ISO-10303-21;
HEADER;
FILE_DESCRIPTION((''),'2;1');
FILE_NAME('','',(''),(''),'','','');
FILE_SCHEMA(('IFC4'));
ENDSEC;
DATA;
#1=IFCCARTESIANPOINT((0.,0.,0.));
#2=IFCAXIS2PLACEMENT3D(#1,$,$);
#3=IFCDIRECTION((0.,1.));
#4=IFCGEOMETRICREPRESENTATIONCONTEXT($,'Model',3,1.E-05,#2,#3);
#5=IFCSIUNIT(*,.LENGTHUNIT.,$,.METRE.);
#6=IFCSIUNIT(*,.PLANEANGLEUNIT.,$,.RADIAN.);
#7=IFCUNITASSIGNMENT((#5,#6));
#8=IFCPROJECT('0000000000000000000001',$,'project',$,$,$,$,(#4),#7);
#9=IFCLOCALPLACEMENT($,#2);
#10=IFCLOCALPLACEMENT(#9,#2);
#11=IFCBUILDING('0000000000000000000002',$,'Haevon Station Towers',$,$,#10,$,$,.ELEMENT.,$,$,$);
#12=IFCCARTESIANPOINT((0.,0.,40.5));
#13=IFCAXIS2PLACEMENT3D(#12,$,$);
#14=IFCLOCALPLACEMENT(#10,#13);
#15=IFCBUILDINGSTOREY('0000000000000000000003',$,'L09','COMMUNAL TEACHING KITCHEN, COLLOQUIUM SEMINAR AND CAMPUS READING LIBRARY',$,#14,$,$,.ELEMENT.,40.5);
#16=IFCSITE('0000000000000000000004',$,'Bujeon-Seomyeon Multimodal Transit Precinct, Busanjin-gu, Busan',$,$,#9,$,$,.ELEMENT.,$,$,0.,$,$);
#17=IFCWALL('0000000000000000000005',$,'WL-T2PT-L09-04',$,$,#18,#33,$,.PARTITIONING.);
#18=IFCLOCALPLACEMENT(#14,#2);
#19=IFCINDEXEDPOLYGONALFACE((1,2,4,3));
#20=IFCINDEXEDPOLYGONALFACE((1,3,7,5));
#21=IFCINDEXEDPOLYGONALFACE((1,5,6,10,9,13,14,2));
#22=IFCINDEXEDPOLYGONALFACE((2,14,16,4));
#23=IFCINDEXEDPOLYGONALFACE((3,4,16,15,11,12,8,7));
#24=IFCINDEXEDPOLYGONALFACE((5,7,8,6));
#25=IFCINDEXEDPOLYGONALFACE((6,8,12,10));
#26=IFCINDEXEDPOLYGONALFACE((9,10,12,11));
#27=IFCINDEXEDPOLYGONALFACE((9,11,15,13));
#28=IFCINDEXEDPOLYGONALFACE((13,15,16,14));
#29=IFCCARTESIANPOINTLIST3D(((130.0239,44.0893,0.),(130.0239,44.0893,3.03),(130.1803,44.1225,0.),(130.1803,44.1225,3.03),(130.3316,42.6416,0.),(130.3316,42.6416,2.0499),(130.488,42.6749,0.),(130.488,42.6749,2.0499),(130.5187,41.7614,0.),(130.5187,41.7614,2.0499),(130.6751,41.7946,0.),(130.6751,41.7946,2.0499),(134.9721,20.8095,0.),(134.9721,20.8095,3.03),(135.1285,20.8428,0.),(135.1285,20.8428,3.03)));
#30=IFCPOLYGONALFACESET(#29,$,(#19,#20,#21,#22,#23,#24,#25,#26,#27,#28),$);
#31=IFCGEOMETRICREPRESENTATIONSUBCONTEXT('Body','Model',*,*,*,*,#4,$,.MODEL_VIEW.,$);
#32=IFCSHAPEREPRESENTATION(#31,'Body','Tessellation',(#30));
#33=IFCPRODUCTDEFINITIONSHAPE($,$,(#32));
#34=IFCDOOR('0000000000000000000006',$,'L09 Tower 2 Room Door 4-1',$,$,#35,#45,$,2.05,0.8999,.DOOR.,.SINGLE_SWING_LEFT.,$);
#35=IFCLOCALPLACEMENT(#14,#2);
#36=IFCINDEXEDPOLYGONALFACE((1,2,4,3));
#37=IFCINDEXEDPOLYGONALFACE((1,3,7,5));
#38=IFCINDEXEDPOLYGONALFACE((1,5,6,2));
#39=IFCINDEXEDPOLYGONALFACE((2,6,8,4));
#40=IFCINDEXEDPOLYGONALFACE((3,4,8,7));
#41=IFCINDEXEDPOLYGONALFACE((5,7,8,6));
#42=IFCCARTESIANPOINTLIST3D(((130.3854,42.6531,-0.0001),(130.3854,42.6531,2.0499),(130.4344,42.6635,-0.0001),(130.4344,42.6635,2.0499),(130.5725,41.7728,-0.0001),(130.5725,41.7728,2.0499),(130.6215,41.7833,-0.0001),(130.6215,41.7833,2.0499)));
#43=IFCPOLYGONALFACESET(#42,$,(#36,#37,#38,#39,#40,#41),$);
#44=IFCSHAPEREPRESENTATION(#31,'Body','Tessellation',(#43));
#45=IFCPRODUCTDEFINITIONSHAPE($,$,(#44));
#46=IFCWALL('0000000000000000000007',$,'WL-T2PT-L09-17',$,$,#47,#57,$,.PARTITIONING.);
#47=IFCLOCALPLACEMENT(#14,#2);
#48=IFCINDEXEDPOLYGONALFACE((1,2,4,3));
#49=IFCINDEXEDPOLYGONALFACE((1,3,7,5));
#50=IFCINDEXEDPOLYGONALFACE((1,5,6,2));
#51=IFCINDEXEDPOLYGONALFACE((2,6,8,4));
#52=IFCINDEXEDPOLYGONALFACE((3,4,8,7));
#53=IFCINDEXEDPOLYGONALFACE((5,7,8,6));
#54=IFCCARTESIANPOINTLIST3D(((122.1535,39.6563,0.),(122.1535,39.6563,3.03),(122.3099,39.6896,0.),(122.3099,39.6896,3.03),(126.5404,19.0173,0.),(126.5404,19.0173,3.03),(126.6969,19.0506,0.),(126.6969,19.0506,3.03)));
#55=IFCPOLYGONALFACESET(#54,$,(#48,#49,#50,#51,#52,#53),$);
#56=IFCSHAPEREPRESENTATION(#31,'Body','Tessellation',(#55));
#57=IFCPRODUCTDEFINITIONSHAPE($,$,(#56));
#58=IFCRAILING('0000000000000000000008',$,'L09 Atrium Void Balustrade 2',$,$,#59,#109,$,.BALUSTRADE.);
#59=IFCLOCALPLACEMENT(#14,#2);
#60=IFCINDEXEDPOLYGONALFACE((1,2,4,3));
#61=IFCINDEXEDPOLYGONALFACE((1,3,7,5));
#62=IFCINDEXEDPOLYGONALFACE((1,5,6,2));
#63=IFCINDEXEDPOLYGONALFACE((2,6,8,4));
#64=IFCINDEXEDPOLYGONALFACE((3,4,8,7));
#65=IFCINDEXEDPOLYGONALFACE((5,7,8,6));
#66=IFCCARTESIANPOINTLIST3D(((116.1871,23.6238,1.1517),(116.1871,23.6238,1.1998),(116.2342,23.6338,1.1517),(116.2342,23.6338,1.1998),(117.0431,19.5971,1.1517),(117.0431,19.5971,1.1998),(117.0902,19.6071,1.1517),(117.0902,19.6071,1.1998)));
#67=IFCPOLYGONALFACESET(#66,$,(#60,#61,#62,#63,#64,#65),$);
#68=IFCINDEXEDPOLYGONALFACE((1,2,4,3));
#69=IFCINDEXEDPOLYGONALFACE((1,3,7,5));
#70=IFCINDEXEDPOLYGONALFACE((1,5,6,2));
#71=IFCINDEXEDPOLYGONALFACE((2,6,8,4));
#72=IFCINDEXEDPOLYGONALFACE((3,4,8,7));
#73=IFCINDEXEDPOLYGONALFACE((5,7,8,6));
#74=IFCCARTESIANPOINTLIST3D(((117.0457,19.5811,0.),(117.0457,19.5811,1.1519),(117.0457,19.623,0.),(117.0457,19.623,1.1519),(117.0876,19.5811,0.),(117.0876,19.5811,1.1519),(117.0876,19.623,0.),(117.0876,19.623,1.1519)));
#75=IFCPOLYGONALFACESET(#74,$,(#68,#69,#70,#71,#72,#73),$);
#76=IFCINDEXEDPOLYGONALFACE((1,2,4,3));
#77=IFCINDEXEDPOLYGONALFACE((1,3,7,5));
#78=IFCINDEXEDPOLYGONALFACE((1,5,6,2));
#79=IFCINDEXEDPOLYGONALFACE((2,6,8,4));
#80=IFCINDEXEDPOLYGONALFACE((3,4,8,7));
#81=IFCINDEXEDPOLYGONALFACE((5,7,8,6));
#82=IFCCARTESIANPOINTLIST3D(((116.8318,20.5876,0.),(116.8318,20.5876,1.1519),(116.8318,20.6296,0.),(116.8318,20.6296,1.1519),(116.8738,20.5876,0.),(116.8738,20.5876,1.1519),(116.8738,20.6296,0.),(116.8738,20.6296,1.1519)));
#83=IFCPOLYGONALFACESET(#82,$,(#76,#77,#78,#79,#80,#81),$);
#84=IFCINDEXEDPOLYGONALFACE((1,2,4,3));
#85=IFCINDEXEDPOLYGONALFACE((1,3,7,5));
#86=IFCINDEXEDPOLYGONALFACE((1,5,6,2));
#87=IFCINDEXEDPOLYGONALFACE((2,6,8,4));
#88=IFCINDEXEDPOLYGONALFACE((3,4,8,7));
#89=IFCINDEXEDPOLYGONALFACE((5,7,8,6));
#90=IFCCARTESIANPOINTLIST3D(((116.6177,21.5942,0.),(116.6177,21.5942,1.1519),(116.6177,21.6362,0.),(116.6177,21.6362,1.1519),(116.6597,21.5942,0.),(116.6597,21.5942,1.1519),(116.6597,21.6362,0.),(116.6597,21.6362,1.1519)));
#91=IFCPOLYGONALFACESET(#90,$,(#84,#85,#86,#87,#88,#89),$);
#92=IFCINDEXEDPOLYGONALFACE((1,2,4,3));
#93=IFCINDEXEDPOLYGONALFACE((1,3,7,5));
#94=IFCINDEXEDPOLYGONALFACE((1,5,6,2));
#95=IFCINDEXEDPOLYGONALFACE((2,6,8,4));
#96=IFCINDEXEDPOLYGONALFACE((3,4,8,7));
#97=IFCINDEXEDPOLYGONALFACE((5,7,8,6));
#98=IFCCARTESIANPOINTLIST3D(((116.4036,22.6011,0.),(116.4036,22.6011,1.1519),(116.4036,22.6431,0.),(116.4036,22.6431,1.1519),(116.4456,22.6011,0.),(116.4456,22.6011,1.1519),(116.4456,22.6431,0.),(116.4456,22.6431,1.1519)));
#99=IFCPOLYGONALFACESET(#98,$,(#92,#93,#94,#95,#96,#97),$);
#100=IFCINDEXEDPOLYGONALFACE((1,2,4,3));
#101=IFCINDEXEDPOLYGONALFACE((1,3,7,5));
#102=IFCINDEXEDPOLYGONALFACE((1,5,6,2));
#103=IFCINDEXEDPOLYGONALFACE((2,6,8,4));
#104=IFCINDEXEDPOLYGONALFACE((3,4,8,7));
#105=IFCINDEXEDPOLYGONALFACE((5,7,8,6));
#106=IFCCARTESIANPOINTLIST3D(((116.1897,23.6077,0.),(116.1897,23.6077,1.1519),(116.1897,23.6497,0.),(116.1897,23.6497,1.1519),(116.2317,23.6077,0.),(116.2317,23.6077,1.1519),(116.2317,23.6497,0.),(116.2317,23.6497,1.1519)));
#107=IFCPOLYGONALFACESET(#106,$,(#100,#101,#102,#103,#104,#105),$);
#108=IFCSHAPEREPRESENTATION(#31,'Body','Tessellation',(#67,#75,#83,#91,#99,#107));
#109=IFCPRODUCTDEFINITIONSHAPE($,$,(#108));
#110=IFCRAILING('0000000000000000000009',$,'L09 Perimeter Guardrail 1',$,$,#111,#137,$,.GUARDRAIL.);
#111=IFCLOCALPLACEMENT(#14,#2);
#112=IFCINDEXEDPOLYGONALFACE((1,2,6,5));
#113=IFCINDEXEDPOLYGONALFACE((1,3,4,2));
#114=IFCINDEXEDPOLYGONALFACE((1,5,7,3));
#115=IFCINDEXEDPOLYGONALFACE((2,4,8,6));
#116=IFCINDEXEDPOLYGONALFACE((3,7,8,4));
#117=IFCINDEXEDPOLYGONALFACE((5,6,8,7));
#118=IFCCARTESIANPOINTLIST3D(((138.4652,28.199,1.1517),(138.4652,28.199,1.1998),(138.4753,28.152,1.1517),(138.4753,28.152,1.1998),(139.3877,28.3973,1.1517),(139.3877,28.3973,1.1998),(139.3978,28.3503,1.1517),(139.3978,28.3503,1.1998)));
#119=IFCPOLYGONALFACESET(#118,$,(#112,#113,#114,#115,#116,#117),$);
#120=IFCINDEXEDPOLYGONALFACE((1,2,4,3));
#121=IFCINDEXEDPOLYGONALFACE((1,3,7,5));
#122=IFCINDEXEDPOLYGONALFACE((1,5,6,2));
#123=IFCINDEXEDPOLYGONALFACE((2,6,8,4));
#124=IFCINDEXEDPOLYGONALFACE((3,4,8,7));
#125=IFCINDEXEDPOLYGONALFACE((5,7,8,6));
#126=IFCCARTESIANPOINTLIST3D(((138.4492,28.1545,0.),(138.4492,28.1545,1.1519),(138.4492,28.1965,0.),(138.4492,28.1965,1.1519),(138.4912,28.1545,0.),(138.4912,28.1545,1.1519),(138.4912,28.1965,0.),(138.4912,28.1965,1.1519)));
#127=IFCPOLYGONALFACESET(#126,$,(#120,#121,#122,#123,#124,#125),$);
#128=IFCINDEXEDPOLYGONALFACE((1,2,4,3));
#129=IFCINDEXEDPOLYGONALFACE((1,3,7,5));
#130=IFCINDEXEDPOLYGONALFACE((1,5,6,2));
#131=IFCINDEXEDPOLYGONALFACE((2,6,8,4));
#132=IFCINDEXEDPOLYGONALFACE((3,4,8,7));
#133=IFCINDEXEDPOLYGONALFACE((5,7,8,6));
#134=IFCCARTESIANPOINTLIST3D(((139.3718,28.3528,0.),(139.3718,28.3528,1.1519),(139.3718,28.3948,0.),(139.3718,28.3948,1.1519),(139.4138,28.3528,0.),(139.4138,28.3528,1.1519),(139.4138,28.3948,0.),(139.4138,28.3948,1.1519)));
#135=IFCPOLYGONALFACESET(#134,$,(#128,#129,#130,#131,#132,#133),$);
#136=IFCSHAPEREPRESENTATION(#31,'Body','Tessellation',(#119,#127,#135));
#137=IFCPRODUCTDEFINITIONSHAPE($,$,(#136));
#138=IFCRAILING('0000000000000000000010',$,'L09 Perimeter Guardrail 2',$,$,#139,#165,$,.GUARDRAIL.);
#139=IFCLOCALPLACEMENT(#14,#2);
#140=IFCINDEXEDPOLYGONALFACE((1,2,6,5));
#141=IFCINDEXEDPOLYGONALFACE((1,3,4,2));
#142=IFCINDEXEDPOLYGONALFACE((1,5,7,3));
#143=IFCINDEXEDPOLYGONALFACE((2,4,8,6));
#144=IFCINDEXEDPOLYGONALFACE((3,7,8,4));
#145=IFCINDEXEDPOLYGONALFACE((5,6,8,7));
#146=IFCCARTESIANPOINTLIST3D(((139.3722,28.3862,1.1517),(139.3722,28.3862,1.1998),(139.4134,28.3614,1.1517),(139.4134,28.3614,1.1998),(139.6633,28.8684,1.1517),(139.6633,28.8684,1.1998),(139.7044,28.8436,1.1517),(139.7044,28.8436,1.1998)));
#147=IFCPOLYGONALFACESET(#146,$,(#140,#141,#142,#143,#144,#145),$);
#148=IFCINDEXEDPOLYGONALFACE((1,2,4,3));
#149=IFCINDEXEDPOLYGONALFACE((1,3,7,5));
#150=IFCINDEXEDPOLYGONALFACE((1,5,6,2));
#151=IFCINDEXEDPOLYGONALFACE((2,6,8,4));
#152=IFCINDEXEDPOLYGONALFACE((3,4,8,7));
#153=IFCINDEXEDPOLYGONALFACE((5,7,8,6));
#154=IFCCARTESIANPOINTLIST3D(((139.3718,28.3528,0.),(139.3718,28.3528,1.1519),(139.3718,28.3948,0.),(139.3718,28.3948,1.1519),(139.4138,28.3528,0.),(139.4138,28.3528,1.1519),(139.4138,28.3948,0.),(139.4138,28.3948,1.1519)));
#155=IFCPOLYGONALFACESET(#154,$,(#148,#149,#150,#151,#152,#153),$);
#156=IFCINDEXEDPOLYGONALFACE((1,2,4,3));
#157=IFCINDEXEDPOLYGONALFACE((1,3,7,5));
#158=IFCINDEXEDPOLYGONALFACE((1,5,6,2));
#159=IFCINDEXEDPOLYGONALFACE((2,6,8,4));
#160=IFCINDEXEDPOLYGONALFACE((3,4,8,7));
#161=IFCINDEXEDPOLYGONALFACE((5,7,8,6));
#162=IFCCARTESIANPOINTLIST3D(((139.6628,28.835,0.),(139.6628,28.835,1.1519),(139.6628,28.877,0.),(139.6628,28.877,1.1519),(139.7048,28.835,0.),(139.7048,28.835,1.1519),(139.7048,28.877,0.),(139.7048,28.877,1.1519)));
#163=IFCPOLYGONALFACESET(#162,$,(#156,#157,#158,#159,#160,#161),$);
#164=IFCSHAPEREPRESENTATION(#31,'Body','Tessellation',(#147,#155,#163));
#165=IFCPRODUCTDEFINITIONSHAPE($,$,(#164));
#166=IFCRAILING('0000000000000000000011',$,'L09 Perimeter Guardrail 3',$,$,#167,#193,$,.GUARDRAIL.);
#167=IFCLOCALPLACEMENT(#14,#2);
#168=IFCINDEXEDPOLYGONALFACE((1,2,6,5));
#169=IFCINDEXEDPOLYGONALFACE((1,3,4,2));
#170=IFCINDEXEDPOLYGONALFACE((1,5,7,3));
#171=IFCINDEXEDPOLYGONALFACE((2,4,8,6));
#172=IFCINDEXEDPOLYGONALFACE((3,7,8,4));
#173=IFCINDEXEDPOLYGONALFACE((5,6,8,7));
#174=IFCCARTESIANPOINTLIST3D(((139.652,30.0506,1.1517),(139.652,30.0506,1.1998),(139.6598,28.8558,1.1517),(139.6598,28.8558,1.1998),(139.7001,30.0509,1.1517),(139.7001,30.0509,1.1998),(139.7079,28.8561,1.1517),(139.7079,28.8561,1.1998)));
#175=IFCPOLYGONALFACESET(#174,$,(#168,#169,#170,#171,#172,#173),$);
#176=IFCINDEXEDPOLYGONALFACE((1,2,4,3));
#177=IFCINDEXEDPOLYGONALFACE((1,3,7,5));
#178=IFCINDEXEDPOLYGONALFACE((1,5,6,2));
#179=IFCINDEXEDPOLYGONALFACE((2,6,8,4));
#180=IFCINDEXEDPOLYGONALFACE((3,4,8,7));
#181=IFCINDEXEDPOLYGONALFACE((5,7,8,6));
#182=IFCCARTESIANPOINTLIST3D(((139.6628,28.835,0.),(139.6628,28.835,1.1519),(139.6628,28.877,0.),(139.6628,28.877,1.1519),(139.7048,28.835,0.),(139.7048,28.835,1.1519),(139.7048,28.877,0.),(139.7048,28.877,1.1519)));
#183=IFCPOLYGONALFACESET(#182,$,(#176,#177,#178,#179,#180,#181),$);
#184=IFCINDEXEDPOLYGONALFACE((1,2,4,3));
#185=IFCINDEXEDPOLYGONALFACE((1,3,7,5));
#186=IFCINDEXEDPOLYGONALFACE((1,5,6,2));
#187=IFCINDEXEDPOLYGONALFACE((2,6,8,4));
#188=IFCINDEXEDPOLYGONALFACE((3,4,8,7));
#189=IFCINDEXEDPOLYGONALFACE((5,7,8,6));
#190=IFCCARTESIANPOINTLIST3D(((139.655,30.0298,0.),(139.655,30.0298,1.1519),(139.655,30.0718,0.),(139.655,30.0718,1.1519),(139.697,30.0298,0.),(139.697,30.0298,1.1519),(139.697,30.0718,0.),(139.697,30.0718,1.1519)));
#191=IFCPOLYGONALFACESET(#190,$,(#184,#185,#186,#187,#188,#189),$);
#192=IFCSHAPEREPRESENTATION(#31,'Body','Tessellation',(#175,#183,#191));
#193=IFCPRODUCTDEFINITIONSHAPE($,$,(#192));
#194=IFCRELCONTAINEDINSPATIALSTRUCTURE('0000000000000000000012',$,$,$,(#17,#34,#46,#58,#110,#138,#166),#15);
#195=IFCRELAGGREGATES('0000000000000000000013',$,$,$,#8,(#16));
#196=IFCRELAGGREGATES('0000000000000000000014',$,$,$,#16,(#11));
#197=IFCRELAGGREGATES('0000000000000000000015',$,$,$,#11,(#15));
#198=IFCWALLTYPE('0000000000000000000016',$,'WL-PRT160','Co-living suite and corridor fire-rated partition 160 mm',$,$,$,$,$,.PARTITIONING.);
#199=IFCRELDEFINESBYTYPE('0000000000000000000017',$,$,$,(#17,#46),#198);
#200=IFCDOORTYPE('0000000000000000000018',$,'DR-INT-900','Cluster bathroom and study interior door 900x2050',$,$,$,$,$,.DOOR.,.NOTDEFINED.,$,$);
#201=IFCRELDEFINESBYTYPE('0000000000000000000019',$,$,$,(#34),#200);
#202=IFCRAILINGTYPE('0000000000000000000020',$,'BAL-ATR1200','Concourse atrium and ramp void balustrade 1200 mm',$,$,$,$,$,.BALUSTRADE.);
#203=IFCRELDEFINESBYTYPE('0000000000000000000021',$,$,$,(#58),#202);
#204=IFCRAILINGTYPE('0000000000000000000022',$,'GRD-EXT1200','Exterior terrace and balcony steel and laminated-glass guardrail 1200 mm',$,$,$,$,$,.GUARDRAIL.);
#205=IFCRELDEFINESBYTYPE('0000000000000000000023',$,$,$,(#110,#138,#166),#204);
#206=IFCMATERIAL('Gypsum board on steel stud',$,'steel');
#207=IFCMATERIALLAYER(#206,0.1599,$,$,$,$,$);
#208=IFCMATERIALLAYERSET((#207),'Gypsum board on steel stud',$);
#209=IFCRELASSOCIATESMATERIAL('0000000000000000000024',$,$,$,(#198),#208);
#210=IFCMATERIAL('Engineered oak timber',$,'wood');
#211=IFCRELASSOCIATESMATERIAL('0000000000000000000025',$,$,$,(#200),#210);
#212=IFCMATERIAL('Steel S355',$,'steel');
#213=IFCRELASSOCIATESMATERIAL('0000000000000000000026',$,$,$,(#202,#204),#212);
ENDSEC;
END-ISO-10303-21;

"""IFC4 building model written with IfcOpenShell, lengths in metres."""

from ifc_helpers import new_model, si_unit, direction, frame, frame_2d, origin, origin_2d, place, context, subcontext, project, spatial, rectangle, extrude, material, layer, layer_set, type_object, element, fill, save


model = new_model("IFC4")

# Units and contexts
model_context = context("Model", 3, precision=1e-05, world=origin(), true_north=direction((0.0, 1.0)))
body_context = subcontext(model_context, "Body", "Model", "MODEL_VIEW")
ifc_project = project(units=[si_unit("LENGTHUNIT", "METRE"), si_unit("PLANEANGLEUNIT", "RADIAN")], contexts=[model_context])

# Site, building, storey
site_placement = place(None, origin())
site = spatial("IfcSite", under=ifc_project, at=site_placement, Name="Bujeon-Seomyeon Multimodal Transit Precinct, Busanjin-gu, Busan", CompositionType="ELEMENT", RefElevation=0.0)
building_placement = place(site_placement, origin())
building = spatial("IfcBuilding", under=site, at=building_placement, Name="Haevon Station Towers", CompositionType="ELEMENT")
storey_placement = place(building_placement, frame((0.0, 0.0, 40.5)))
storey = spatial("IfcBuildingStorey", under=building, at=storey_placement, Name="L09", Description="COMMUNAL TEACHING KITCHEN, COLLOQUIUM SEMINAR AND CAMPUS READING LIBRARY", CompositionType="ELEMENT", Elevation=40.5)

# Shared definitions
ifc_material_1 = material(Name="Steel S355", Category="steel")

# Shared definitions
ifc_material_2 = material(Name="Gypsum board on steel stud", Category="steel")

# Wall, opening, door
ifc_layer_1 = layer(ifc_material_2, 0.1599)
ifc_layer_set_1 = layer_set([ifc_layer_1], Name="Gypsum board on steel stud")
wall_type_1 = type_object("IfcWallType", Name="WL-PRT160", Description="Co-living suite and corridor fire-rated partition 160 mm", PredefinedType="PARTITIONING", material=ifc_layer_set_1)
wall_1_placement = place(storey_placement, frame((135.0503, 20.8262, 0.0), z_axis=(0.0, 0.0, 1.0), x_axis=(-0.207911, 0.978148, 0.0)))
wall_1 = element("IfcWall", 1, at=wall_1_placement, inside=storey, type_object=wall_type_1, Name="WL-T2PT-L09-04", PredefinedType="PARTITIONING", context=body_context, shape_type="SweptSolid", body=[
    extrude(rectangle(XDim=23.7998, YDim=0.1599, at=frame_2d((11.8999, 0.0))), origin(), (0.0, 0.0, 1.0), 3.03),
])
opening_1_placement = place(wall_1_placement, frame((21.4199, 0.0, 0.0)))
opening_1 = element("IfcOpeningElement", 2, at=opening_1_placement, cuts=wall_1, PredefinedType="OPENING", context=body_context, shape_type="SweptSolid", body=[
    extrude(rectangle(XDim=0.8999, YDim=2.05, at=frame_2d((0.45, 1.0249))), frame((0.0, 0.0898, 0.0), z_axis=(0.0, -1.0, 0.0), x_axis=(1.0, 0.0, 0.0)), (0.0, 0.0, 1.0), 0.1799),
])
ifc_material_3 = material(Name="Engineered oak timber", Category="wood")
door_type = type_object("IfcDoorType", Name="DR-INT-900", Description="Cluster bathroom and study interior door 900x2050", OperationType="NOTDEFINED", PredefinedType="DOOR", material=ifc_material_3)
door_placement = place(opening_1_placement, origin())
door = element("IfcDoor", 3, at=door_placement, inside=storey, type_object=door_type, Name="L09 Tower 2 Room Door 4-1", OperationType="SINGLE_SWING_LEFT", OverallHeight=2.05, OverallWidth=0.8999, PredefinedType="DOOR", context=body_context, shape_type="SweptSolid", body=[
    extrude(rectangle(XDim=0.8999, YDim=2.05, at=frame_2d((0.45, 1.0249))), frame((0.0, 0.0249, 0.0), z_axis=(0.0, -1.0, 0.0), x_axis=(1.0, 0.0, 0.0)), (0.0, 0.0, 1.0), 0.05),
])
fill(opening_1, door)

# Wall
wall_2_placement = place(storey_placement, frame((126.6187, 19.0339, 0.0), z_axis=(0.0, 0.0, 1.0), x_axis=(-0.207913, 0.978147, 0.0)))
element("IfcWall", 4, at=wall_2_placement, inside=storey, type_object=wall_type_1, Name="WL-T2PT-L09-17", PredefinedType="PARTITIONING", context=body_context, shape_type="SweptSolid", body=[
    extrude(rectangle(XDim=21.1001, YDim=0.1599, at=frame_2d((10.55, 0.0))), origin(), (0.0, 0.0, 1.0), 3.03),
])

# Railings
railing_type_1 = type_object("IfcRailingType", Name="BAL-ATR1200", Description="Concourse atrium and ramp void balustrade 1200 mm", PredefinedType="BALUSTRADE", material=ifc_material_1)
railing_1_placement = place(storey_placement, frame((117.0667, 19.6021, 0.0)))
element("IfcRailing", 5, at=railing_1_placement, inside=storey, type_object=railing_type_1, Name="L09 Atrium Void Balustrade 2", PredefinedType="BALUSTRADE", context=body_context, shape_type="SweptSolid", body=[
    extrude(rectangle(XDim=0.0481, YDim=0.0481, at=origin_2d()), frame((0.0, 0.0, 1.1758), z_axis=(-0.207929, 0.978144, 0.0), x_axis=(-0.978144, -0.207929, 0.0)), (0.0, 0.0, 1.0), 4.1167),
    extrude(rectangle(XDim=0.042, YDim=0.042, at=origin_2d()), origin(), (0.0, 0.0, 1.0), 1.1519),
    extrude(rectangle(XDim=0.042, YDim=0.042, at=origin_2d()), frame((-0.2139, 1.0066, 0.0)), (0.0, 0.0, 1.0), 1.1519),
    extrude(rectangle(XDim=0.042, YDim=0.042, at=origin_2d()), frame((-0.428, 2.0132, 0.0)), (0.0, 0.0, 1.0), 1.1519),
    extrude(rectangle(XDim=0.042, YDim=0.042, at=origin_2d()), frame((-0.6421, 3.02, 0.0)), (0.0, 0.0, 1.0), 1.1519),
    extrude(rectangle(XDim=0.042, YDim=0.042, at=origin_2d()), frame((-0.856, 4.0266, 0.0)), (0.0, 0.0, 1.0), 1.1519),
])
railing_type_2 = type_object("IfcRailingType", Name="GRD-EXT1200", Description="Exterior terrace and balcony steel and laminated-glass guardrail 1200 mm", PredefinedType="GUARDRAIL", material=ifc_material_1)
railing_2_placement = place(storey_placement, frame((138.4702, 28.1755, 0.0)))
element("IfcRailing", 6, at=railing_2_placement, inside=storey, type_object=railing_type_2, Name="L09 Perimeter Guardrail 1", PredefinedType="GUARDRAIL", context=body_context, shape_type="SweptSolid", body=[
    extrude(rectangle(XDim=0.0481, YDim=0.0481, at=origin_2d()), frame((0.0, 0.0, 1.1758), z_axis=(0.977685, 0.210077, 0.0), x_axis=(-0.210077, 0.977685, 0.0)), (0.0, 0.0, 1.0), 0.9436),
    extrude(rectangle(XDim=0.042, YDim=0.042, at=origin_2d()), origin(), (0.0, 0.0, 1.0), 1.1519),
    extrude(rectangle(XDim=0.042, YDim=0.042, at=origin_2d()), frame((0.9226, 0.1982, 0.0)), (0.0, 0.0, 1.0), 1.1519),
])
railing_3_placement = place(storey_placement, frame((139.3928, 28.3738, 0.0)))
element("IfcRailing", 7, at=railing_3_placement, inside=storey, type_object=railing_type_2, Name="L09 Perimeter Guardrail 2", PredefinedType="GUARDRAIL", context=body_context, shape_type="SweptSolid", body=[
    extrude(rectangle(XDim=0.0481, YDim=0.0481, at=origin_2d()), frame((0.0, 0.0, 1.1758), z_axis=(0.516725, 0.856151, 0.0), x_axis=(-0.856151, 0.516725, 0.0)), (0.0, 0.0, 1.0), 0.5632),
    extrude(rectangle(XDim=0.042, YDim=0.042, at=origin_2d()), origin(), (0.0, 0.0, 1.0), 1.1519),
    extrude(rectangle(XDim=0.042, YDim=0.042, at=origin_2d()), frame((0.291, 0.4822, 0.0)), (0.0, 0.0, 1.0), 1.1519),
])
railing_4_placement = place(storey_placement, frame((139.6838, 28.856, 0.0)))
element("IfcRailing", 8, at=railing_4_placement, inside=storey, type_object=railing_type_2, Name="L09 Perimeter Guardrail 3", PredefinedType="GUARDRAIL", context=body_context, shape_type="SweptSolid", body=[
    extrude(rectangle(XDim=0.0481, YDim=0.0481, at=origin_2d()), frame((0.0, 0.0, 1.1758), z_axis=(-0.006538, 0.999979, 0.0), x_axis=(-0.999979, -0.006538, 0.0)), (0.0, 0.0, 1.0), 1.1948),
    extrude(rectangle(XDim=0.042, YDim=0.042, at=origin_2d()), origin(), (0.0, 0.0, 1.0), 1.1519),
    extrude(rectangle(XDim=0.042, YDim=0.042, at=origin_2d()), frame((-0.0078, 1.1948, 0.0)), (0.0, 0.0, 1.0), 1.1519),
])

save(model, "model.ifc")
